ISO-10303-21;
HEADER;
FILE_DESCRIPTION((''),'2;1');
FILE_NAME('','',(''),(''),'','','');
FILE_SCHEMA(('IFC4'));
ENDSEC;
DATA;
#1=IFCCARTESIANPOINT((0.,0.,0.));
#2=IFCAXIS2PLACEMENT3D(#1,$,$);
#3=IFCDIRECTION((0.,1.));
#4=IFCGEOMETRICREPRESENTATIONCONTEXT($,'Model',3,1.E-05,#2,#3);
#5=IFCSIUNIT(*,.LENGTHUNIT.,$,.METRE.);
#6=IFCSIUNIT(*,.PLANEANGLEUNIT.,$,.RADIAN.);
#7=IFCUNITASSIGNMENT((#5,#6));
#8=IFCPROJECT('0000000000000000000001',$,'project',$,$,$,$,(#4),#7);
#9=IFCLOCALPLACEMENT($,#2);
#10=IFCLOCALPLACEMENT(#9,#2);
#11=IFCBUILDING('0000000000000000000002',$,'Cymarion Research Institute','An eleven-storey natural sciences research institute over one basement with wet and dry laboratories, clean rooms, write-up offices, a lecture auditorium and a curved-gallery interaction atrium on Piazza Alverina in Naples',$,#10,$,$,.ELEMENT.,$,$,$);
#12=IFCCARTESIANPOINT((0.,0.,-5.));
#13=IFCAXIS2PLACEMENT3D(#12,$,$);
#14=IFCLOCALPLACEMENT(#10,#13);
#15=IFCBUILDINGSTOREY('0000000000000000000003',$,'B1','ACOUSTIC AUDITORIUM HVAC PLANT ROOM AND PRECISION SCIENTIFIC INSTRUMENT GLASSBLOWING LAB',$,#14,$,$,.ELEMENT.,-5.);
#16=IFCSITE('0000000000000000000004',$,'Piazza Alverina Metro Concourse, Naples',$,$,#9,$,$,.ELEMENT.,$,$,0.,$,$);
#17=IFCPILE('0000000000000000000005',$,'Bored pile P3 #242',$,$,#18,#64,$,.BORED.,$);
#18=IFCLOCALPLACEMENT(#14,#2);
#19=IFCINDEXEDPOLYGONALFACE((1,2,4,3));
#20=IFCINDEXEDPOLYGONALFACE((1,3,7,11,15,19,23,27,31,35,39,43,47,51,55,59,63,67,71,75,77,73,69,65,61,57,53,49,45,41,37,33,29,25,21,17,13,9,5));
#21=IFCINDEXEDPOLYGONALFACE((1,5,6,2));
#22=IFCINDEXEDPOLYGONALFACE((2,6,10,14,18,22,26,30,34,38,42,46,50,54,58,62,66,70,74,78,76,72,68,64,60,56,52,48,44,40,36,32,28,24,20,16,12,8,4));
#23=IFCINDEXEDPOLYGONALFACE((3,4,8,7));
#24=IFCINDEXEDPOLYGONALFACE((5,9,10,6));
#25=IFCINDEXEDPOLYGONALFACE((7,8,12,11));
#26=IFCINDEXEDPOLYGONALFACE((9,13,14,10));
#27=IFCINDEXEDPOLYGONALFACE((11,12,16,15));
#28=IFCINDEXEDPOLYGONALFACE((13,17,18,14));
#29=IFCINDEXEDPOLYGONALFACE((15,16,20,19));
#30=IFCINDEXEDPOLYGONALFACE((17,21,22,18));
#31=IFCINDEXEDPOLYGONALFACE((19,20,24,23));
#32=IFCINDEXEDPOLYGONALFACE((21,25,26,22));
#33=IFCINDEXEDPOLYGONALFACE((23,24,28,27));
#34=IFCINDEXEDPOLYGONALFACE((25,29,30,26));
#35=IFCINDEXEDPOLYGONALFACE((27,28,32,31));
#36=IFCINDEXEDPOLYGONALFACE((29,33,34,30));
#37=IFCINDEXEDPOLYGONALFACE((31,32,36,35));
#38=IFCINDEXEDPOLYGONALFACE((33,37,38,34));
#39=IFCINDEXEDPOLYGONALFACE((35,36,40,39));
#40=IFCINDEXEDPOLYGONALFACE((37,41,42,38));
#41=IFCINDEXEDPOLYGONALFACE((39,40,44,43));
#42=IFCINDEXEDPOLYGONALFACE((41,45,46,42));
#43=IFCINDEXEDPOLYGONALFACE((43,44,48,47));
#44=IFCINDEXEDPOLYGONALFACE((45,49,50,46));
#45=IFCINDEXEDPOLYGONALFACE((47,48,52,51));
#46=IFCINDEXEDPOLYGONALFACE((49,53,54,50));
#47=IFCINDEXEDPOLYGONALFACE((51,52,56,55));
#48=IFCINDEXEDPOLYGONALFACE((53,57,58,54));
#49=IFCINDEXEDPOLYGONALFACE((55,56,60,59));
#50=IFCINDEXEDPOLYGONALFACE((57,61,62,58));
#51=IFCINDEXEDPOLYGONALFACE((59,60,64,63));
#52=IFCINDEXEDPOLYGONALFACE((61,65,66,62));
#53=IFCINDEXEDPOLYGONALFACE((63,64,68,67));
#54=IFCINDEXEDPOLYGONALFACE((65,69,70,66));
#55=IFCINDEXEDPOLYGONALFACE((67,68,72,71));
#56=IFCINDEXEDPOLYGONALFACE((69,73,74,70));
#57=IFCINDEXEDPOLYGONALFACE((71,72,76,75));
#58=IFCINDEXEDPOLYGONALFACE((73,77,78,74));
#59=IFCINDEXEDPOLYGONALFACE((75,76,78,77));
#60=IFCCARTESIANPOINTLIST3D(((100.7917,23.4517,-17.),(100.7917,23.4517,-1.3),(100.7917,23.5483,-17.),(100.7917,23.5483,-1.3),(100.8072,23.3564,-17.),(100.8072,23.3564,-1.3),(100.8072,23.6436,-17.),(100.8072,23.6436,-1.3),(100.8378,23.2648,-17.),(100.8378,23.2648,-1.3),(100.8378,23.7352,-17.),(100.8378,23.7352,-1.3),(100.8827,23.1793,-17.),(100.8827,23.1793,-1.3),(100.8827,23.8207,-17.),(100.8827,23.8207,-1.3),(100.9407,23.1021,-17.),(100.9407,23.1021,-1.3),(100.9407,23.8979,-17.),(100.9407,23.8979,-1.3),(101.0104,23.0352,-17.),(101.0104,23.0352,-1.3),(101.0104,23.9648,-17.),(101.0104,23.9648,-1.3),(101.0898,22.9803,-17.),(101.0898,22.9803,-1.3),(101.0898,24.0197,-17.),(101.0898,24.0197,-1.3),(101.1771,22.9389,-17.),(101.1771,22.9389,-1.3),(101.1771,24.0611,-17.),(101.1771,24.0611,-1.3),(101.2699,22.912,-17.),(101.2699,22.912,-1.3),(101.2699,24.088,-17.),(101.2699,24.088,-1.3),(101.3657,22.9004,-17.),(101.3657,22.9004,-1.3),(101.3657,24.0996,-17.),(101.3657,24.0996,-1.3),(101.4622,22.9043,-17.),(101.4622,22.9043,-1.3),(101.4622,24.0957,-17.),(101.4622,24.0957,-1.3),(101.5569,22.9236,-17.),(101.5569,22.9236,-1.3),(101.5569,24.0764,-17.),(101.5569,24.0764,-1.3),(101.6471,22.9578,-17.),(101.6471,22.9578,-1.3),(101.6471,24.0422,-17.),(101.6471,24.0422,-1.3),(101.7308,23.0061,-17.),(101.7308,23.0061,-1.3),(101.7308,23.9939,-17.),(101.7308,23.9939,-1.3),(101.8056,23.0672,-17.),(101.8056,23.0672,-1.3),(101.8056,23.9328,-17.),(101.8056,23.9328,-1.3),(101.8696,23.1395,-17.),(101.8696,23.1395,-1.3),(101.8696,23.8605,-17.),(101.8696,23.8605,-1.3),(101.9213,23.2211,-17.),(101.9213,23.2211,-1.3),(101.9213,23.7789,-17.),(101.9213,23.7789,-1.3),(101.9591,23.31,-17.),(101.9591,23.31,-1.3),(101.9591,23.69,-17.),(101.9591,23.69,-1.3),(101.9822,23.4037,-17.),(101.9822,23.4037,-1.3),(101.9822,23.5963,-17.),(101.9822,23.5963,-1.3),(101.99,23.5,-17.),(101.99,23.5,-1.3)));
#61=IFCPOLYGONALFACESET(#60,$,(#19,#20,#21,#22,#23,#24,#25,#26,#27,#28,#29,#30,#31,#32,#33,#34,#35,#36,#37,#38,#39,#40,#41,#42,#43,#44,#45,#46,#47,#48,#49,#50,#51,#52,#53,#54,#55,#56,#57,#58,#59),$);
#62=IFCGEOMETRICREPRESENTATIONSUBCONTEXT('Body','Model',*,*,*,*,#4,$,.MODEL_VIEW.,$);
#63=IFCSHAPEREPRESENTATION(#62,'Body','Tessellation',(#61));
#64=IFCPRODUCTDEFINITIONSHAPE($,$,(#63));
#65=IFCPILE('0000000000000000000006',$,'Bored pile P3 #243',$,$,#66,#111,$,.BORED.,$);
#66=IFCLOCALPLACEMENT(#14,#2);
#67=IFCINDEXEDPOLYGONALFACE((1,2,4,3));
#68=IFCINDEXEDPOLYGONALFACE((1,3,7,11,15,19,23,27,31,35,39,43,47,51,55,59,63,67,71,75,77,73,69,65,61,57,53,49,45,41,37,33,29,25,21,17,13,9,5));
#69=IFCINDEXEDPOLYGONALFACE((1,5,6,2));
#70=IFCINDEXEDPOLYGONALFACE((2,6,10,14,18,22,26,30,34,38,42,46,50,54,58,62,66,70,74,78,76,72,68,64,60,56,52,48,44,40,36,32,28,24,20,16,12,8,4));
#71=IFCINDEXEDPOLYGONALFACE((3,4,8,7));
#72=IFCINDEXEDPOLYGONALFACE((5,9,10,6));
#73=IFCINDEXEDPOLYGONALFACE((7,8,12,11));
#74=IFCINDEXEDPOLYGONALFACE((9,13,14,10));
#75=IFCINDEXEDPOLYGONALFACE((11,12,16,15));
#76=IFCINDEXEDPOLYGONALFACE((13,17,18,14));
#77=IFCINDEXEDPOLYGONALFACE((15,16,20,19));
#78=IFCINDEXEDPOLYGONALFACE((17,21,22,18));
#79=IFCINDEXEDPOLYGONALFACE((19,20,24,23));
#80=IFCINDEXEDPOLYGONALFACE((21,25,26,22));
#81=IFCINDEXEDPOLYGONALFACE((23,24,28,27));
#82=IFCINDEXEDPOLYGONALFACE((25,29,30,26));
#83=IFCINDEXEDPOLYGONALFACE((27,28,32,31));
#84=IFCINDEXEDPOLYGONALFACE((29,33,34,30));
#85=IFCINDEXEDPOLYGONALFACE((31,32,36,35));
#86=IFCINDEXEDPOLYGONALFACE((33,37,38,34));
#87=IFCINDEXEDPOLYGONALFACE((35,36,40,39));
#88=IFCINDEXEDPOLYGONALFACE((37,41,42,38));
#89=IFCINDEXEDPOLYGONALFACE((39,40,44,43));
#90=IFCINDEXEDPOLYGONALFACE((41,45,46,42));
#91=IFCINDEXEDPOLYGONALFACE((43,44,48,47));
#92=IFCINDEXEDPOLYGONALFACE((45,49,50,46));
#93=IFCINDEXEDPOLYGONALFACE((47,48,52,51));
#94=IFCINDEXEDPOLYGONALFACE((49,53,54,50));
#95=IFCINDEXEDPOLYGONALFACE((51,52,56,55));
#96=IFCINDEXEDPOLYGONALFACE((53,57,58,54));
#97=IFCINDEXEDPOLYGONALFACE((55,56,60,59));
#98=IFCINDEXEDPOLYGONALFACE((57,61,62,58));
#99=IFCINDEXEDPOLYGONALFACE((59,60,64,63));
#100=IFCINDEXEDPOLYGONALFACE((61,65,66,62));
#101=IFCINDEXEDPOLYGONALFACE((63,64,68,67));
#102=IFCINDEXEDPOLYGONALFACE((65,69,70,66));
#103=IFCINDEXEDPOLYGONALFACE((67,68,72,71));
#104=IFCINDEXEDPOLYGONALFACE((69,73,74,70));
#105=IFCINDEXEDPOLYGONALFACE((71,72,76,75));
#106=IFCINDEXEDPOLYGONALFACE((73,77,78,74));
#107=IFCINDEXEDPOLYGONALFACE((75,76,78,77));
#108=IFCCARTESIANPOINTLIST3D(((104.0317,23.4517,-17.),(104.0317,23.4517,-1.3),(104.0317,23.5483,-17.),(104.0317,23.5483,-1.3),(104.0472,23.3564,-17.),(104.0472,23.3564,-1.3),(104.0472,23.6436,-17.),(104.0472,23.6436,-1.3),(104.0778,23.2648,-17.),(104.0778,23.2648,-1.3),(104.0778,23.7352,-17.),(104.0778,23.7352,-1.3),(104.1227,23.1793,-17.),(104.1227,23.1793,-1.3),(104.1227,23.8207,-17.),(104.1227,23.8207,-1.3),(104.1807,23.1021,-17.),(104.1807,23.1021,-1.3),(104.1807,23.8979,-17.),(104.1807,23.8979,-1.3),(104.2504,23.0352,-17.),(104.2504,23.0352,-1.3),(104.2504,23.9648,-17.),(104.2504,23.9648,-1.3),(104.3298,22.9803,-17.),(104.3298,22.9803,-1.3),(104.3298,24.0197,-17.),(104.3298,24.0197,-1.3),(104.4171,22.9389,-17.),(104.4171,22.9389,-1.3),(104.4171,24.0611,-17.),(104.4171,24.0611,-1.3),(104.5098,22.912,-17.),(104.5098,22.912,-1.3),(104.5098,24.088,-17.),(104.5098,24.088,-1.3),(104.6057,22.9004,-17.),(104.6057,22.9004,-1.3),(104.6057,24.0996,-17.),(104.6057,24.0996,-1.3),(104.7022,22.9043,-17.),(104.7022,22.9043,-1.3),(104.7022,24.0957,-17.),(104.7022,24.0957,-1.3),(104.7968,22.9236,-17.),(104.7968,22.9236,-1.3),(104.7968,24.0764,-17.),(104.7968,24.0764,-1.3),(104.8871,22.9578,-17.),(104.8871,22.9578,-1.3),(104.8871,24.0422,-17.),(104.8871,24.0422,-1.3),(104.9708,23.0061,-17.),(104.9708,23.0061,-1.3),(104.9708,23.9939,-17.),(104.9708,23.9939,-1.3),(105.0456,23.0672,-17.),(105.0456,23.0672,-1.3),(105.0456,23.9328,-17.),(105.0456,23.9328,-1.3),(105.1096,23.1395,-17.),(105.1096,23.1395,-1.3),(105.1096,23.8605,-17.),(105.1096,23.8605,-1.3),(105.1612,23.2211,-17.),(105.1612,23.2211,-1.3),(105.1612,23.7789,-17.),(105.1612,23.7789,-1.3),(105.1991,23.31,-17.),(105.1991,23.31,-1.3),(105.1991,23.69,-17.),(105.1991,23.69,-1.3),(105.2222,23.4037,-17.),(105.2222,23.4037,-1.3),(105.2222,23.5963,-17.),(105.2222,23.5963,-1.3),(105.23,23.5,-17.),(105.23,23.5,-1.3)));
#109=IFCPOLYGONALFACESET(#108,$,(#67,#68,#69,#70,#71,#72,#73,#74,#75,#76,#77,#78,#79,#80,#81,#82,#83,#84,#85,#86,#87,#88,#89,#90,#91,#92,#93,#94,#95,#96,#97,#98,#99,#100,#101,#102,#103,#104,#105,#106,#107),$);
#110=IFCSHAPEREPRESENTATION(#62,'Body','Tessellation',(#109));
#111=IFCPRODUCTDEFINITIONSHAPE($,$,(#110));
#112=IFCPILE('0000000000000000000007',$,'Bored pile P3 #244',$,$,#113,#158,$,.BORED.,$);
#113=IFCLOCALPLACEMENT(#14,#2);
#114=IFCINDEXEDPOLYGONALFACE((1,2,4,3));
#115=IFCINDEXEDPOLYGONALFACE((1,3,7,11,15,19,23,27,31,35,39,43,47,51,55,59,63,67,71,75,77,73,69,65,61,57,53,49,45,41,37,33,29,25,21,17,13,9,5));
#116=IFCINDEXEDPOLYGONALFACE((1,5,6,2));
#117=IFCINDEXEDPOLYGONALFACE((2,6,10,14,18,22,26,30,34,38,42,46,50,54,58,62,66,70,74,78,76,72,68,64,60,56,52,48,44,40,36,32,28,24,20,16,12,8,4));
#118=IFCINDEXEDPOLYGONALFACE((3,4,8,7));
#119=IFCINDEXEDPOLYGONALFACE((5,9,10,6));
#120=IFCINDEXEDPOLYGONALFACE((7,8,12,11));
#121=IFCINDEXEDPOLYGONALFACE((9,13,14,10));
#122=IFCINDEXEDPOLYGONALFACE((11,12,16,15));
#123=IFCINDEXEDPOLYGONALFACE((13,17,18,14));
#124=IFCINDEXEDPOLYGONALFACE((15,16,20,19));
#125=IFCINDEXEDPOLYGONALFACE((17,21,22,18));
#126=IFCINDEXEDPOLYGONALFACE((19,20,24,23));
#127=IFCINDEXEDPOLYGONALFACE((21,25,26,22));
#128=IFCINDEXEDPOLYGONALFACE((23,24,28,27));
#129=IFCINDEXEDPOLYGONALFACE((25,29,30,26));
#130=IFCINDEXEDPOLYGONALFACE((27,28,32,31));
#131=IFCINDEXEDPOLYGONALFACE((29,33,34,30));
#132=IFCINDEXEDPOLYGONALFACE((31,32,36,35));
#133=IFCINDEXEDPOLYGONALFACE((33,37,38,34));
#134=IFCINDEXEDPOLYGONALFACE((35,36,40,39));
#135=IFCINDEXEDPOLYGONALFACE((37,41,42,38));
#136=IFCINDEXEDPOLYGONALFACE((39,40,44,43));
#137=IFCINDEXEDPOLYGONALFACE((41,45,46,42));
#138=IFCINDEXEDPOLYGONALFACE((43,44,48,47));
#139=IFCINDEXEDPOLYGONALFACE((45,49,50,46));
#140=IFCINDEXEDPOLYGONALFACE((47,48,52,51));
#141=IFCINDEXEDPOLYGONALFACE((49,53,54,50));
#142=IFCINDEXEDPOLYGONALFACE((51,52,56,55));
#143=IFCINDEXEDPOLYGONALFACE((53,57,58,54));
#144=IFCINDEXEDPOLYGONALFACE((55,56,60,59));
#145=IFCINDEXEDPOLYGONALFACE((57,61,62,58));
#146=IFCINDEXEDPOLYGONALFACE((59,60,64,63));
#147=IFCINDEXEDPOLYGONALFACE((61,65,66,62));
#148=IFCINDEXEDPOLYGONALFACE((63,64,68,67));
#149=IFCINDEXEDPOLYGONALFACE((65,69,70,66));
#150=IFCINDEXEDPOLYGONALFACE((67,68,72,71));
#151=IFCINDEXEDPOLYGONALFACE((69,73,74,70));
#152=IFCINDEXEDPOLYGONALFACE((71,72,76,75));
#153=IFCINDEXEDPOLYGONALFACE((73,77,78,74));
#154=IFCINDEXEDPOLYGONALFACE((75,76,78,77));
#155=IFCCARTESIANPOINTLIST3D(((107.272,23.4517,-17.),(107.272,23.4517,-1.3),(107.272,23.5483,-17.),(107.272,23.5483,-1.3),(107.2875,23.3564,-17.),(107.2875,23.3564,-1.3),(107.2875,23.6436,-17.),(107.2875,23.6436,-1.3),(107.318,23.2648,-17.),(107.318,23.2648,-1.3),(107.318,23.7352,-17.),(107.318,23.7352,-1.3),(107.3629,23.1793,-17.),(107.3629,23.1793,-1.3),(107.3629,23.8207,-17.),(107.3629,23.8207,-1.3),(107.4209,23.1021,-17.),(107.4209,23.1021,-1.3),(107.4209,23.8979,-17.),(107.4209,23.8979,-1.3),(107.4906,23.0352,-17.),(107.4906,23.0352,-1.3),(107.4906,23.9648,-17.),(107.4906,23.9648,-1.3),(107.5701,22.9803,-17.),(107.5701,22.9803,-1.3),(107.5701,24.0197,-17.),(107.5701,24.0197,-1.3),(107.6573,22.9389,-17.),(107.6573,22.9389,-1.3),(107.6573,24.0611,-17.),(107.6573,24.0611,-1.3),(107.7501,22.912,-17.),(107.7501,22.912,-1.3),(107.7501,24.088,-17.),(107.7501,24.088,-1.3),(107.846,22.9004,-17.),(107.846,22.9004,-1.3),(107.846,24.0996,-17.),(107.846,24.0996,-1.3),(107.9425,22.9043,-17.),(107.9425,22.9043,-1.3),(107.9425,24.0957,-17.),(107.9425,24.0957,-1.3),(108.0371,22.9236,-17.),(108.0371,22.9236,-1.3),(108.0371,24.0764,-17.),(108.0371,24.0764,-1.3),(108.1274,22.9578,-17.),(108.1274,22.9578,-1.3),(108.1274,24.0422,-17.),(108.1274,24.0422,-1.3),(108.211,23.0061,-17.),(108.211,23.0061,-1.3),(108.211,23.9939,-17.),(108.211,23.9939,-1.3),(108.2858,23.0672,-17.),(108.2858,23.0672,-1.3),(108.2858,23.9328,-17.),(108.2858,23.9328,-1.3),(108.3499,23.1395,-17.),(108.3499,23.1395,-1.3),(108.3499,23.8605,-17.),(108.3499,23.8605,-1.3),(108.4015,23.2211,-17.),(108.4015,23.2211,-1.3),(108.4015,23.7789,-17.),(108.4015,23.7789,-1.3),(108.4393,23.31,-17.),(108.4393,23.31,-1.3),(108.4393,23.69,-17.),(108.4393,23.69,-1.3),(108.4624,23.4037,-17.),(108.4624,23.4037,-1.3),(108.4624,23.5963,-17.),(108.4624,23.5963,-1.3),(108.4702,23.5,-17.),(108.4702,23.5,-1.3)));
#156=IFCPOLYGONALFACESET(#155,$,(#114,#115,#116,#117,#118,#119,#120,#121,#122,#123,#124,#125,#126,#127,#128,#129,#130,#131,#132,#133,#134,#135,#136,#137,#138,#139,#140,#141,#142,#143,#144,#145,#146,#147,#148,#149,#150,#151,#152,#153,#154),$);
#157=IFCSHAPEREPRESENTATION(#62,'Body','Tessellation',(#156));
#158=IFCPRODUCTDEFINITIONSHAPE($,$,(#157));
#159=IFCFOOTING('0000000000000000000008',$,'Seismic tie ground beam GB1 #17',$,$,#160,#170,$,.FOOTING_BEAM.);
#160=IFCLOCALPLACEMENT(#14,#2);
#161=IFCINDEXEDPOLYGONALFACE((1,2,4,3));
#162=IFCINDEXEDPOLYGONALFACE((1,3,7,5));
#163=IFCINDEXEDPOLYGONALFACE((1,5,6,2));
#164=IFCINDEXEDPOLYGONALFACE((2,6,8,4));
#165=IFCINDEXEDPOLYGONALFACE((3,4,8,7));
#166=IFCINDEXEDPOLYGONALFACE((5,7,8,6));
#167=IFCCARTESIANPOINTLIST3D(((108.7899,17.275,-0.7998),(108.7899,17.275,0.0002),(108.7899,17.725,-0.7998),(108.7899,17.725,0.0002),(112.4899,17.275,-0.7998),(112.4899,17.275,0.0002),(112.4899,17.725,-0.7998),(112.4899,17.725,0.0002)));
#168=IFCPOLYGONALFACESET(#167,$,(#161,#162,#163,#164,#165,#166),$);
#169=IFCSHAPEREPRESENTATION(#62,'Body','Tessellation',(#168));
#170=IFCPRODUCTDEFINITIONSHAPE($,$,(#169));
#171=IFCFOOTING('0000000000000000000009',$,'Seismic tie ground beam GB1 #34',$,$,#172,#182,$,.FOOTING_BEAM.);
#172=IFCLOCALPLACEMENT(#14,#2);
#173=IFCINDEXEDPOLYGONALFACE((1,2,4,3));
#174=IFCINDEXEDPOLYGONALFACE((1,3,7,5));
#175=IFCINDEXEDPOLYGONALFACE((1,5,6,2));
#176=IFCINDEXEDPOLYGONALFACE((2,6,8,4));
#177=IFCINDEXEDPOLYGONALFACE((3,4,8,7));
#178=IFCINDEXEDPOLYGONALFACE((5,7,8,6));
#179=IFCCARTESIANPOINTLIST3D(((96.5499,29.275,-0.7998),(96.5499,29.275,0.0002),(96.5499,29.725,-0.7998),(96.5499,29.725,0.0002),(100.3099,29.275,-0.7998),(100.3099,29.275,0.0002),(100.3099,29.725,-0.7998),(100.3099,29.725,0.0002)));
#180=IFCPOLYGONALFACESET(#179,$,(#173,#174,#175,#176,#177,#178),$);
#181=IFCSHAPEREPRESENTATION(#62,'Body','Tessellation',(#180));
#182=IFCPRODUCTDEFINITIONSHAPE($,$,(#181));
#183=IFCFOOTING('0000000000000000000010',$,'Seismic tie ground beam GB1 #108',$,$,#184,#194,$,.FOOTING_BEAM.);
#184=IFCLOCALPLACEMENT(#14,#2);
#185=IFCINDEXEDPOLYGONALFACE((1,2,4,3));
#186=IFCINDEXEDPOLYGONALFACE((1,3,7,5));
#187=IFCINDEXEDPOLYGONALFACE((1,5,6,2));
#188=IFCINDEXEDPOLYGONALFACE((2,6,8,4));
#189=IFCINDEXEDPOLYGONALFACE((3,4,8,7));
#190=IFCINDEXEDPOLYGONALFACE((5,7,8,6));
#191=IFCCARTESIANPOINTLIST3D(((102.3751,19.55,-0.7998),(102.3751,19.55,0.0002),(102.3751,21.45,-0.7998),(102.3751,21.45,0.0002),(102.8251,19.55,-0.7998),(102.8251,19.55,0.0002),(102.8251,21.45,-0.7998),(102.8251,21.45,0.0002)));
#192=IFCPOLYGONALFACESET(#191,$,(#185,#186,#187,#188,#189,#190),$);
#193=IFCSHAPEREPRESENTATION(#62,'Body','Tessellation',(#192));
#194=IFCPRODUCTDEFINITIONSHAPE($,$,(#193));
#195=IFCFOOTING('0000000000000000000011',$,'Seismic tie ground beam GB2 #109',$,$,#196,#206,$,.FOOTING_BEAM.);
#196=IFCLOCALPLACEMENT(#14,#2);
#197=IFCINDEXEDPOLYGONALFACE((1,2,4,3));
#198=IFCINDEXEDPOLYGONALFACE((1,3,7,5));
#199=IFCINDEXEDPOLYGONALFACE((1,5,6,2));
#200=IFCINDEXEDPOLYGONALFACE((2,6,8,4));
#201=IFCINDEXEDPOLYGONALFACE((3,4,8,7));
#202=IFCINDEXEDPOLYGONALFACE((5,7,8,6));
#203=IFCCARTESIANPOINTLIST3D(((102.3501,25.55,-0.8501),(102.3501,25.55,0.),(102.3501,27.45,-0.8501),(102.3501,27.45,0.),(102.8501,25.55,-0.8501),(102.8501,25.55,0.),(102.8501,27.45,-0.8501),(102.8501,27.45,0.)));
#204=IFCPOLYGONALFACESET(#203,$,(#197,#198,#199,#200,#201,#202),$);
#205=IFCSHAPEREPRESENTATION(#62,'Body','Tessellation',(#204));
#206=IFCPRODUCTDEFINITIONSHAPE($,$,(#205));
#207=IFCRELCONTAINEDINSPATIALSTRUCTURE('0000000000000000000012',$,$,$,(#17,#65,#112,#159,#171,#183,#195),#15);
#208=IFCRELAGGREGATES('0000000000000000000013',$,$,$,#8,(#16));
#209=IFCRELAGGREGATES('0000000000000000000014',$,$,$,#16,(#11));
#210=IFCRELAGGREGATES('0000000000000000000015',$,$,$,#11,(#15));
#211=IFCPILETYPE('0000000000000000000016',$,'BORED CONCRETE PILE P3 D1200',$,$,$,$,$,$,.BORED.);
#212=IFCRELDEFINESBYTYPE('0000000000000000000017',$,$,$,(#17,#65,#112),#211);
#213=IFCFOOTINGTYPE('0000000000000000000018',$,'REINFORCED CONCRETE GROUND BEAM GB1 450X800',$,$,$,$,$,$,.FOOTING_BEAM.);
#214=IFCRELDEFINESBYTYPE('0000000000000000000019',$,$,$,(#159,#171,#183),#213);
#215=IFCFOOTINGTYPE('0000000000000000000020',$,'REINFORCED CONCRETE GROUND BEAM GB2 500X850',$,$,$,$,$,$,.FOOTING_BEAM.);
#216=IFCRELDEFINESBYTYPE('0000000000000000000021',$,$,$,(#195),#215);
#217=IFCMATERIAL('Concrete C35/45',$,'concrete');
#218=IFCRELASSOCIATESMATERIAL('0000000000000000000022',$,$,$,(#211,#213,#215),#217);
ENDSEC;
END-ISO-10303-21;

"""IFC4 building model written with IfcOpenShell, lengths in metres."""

from ifc_helpers import new_model, si_unit, direction, frame, origin, origin_2d, place, context, subcontext, project, spatial, rectangle, circle, extrude, material, material_profile, profile_set, type_object, element, save


model = new_model("IFC4")

# Units and contexts
model_context = context("Model", 3, precision=1e-05, world=origin(), true_north=direction((0.0, 1.0)))
body_context = subcontext(model_context, "Body", "Model", "MODEL_VIEW")
ifc_project = project(units=[si_unit("LENGTHUNIT", "METRE"), si_unit("PLANEANGLEUNIT", "RADIAN")], contexts=[model_context])

# Site, building, storey
site_placement = place(None, origin())
site = spatial("IfcSite", under=ifc_project, at=site_placement, Name="Piazza Alverina Metro Concourse, Naples", CompositionType="ELEMENT", RefElevation=0.0)
building_placement = place(site_placement, origin())
building = spatial("IfcBuilding", under=site, at=building_placement, Name="Cymarion Research Institute", Description="An eleven-storey natural sciences research institute over one basement with wet and dry laboratories, clean rooms, write-up offices, a lecture auditorium and a curved-gallery interaction atrium on Piazza Alverina in Naples", CompositionType="ELEMENT")
storey_placement = place(building_placement, frame((0.0, 0.0, -5.0)))
storey = spatial("IfcBuildingStorey", under=building, at=storey_placement, Name="B1", Description="ACOUSTIC AUDITORIUM HVAC PLANT ROOM AND PRECISION SCIENTIFIC INSTRUMENT GLASSBLOWING LAB", CompositionType="ELEMENT", Elevation=-5.0)

# Piles
ifc_material_1 = material(Name="Concrete C35/45", Category="concrete")
ifc_material_profile_1 = material_profile(ifc_material_1, circle(Radius=0.6001, at=origin_2d()), Name="BORED PILE D1200")
ifc_profile_set_1 = profile_set([ifc_material_profile_1], Name="Concrete C35/45")
pile_type_1 = type_object("IfcPileType", Name="BORED CONCRETE PILE P3 D1200", PredefinedType="BORED", material=ifc_profile_set_1)
for number, where, z_axis, x_axis, name in (
    (1, (101.3899, 23.5, -1.3), (0.0, 0.0, -1.0), (1.0, 0.0, 0.0), "Bored pile P3 #242"),
    (2, (104.6299, 23.5, -1.3), (0.0, 0.0, -1.0), (1.0, 0.0, 0.0), "Bored pile P3 #243"),
    (3, (107.8701, 23.5, -1.3), (0.0, 0.0, -1.0), (1.0, 0.0, 0.0), "Bored pile P3 #244"),
):
    element("IfcPile", number, at=place(storey_placement, frame(where, z_axis=z_axis, x_axis=x_axis)), inside=storey, type_object=pile_type_1, Name=name, PredefinedType="BORED", context=body_context, shape_type="SweptSolid", body=[
        extrude(circle(Radius=0.6001, at=origin_2d()), origin(), (0.0, 0.0, 1.0), 15.7),
    ])

# Footings
footing_type_1 = type_object("IfcFootingType", Name="REINFORCED CONCRETE GROUND BEAM GB1 450X800", PredefinedType="FOOTING_BEAM", material=ifc_material_1)
footing_1_placement = place(storey_placement, frame((110.6399, 17.5, -0.7998), z_axis=(0.0, 0.0, 1.0), x_axis=(1.0, 0.0, 0.0)))
element("IfcFooting", 4, at=footing_1_placement, inside=storey, type_object=footing_type_1, Name="Seismic tie ground beam GB1 #17", PredefinedType="FOOTING_BEAM", context=body_context, shape_type="SweptSolid", body=[
    extrude(rectangle(XDim=3.7, YDim=0.45, at=origin_2d()), origin(), (0.0, 0.0, 1.0), 0.8),
])
footing_2_placement = place(storey_placement, frame((98.4299, 29.5, -0.7998), z_axis=(0.0, 0.0, 1.0), x_axis=(1.0, 0.0, 0.0)))
element("IfcFooting", 5, at=footing_2_placement, inside=storey, type_object=footing_type_1, Name="Seismic tie ground beam GB1 #34", PredefinedType="FOOTING_BEAM", context=body_context, shape_type="SweptSolid", body=[
    extrude(rectangle(XDim=3.76, YDim=0.45, at=origin_2d()), origin(), (0.0, 0.0, 1.0), 0.8),
])
footing_3_placement = place(storey_placement, frame((102.6001, 20.5, -0.7998), z_axis=(0.0, 0.0, 1.0), x_axis=(0.0, 1.0, 0.0)))
element("IfcFooting", 6, at=footing_3_placement, inside=storey, type_object=footing_type_1, Name="Seismic tie ground beam GB1 #108", PredefinedType="FOOTING_BEAM", context=body_context, shape_type="SweptSolid", body=[
    extrude(rectangle(XDim=1.8999, YDim=0.45, at=origin_2d()), origin(), (0.0, 0.0, 1.0), 0.8),
])
footing_type_2 = type_object("IfcFootingType", Name="REINFORCED CONCRETE GROUND BEAM GB2 500X850", PredefinedType="FOOTING_BEAM", material=ifc_material_1)
footing_4_placement = place(storey_placement, frame((102.6001, 26.5, -0.8501), z_axis=(0.0, 0.0, 1.0), x_axis=(0.0, 1.0, 0.0)))
element("IfcFooting", 7, at=footing_4_placement, inside=storey, type_object=footing_type_2, Name="Seismic tie ground beam GB2 #109", PredefinedType="FOOTING_BEAM", context=body_context, shape_type="SweptSolid", body=[
    extrude(rectangle(XDim=1.8999, YDim=0.5, at=origin_2d()), origin(), (0.0, 0.0, 1.0), 0.8501),
])

save(model, "model.ifc")
